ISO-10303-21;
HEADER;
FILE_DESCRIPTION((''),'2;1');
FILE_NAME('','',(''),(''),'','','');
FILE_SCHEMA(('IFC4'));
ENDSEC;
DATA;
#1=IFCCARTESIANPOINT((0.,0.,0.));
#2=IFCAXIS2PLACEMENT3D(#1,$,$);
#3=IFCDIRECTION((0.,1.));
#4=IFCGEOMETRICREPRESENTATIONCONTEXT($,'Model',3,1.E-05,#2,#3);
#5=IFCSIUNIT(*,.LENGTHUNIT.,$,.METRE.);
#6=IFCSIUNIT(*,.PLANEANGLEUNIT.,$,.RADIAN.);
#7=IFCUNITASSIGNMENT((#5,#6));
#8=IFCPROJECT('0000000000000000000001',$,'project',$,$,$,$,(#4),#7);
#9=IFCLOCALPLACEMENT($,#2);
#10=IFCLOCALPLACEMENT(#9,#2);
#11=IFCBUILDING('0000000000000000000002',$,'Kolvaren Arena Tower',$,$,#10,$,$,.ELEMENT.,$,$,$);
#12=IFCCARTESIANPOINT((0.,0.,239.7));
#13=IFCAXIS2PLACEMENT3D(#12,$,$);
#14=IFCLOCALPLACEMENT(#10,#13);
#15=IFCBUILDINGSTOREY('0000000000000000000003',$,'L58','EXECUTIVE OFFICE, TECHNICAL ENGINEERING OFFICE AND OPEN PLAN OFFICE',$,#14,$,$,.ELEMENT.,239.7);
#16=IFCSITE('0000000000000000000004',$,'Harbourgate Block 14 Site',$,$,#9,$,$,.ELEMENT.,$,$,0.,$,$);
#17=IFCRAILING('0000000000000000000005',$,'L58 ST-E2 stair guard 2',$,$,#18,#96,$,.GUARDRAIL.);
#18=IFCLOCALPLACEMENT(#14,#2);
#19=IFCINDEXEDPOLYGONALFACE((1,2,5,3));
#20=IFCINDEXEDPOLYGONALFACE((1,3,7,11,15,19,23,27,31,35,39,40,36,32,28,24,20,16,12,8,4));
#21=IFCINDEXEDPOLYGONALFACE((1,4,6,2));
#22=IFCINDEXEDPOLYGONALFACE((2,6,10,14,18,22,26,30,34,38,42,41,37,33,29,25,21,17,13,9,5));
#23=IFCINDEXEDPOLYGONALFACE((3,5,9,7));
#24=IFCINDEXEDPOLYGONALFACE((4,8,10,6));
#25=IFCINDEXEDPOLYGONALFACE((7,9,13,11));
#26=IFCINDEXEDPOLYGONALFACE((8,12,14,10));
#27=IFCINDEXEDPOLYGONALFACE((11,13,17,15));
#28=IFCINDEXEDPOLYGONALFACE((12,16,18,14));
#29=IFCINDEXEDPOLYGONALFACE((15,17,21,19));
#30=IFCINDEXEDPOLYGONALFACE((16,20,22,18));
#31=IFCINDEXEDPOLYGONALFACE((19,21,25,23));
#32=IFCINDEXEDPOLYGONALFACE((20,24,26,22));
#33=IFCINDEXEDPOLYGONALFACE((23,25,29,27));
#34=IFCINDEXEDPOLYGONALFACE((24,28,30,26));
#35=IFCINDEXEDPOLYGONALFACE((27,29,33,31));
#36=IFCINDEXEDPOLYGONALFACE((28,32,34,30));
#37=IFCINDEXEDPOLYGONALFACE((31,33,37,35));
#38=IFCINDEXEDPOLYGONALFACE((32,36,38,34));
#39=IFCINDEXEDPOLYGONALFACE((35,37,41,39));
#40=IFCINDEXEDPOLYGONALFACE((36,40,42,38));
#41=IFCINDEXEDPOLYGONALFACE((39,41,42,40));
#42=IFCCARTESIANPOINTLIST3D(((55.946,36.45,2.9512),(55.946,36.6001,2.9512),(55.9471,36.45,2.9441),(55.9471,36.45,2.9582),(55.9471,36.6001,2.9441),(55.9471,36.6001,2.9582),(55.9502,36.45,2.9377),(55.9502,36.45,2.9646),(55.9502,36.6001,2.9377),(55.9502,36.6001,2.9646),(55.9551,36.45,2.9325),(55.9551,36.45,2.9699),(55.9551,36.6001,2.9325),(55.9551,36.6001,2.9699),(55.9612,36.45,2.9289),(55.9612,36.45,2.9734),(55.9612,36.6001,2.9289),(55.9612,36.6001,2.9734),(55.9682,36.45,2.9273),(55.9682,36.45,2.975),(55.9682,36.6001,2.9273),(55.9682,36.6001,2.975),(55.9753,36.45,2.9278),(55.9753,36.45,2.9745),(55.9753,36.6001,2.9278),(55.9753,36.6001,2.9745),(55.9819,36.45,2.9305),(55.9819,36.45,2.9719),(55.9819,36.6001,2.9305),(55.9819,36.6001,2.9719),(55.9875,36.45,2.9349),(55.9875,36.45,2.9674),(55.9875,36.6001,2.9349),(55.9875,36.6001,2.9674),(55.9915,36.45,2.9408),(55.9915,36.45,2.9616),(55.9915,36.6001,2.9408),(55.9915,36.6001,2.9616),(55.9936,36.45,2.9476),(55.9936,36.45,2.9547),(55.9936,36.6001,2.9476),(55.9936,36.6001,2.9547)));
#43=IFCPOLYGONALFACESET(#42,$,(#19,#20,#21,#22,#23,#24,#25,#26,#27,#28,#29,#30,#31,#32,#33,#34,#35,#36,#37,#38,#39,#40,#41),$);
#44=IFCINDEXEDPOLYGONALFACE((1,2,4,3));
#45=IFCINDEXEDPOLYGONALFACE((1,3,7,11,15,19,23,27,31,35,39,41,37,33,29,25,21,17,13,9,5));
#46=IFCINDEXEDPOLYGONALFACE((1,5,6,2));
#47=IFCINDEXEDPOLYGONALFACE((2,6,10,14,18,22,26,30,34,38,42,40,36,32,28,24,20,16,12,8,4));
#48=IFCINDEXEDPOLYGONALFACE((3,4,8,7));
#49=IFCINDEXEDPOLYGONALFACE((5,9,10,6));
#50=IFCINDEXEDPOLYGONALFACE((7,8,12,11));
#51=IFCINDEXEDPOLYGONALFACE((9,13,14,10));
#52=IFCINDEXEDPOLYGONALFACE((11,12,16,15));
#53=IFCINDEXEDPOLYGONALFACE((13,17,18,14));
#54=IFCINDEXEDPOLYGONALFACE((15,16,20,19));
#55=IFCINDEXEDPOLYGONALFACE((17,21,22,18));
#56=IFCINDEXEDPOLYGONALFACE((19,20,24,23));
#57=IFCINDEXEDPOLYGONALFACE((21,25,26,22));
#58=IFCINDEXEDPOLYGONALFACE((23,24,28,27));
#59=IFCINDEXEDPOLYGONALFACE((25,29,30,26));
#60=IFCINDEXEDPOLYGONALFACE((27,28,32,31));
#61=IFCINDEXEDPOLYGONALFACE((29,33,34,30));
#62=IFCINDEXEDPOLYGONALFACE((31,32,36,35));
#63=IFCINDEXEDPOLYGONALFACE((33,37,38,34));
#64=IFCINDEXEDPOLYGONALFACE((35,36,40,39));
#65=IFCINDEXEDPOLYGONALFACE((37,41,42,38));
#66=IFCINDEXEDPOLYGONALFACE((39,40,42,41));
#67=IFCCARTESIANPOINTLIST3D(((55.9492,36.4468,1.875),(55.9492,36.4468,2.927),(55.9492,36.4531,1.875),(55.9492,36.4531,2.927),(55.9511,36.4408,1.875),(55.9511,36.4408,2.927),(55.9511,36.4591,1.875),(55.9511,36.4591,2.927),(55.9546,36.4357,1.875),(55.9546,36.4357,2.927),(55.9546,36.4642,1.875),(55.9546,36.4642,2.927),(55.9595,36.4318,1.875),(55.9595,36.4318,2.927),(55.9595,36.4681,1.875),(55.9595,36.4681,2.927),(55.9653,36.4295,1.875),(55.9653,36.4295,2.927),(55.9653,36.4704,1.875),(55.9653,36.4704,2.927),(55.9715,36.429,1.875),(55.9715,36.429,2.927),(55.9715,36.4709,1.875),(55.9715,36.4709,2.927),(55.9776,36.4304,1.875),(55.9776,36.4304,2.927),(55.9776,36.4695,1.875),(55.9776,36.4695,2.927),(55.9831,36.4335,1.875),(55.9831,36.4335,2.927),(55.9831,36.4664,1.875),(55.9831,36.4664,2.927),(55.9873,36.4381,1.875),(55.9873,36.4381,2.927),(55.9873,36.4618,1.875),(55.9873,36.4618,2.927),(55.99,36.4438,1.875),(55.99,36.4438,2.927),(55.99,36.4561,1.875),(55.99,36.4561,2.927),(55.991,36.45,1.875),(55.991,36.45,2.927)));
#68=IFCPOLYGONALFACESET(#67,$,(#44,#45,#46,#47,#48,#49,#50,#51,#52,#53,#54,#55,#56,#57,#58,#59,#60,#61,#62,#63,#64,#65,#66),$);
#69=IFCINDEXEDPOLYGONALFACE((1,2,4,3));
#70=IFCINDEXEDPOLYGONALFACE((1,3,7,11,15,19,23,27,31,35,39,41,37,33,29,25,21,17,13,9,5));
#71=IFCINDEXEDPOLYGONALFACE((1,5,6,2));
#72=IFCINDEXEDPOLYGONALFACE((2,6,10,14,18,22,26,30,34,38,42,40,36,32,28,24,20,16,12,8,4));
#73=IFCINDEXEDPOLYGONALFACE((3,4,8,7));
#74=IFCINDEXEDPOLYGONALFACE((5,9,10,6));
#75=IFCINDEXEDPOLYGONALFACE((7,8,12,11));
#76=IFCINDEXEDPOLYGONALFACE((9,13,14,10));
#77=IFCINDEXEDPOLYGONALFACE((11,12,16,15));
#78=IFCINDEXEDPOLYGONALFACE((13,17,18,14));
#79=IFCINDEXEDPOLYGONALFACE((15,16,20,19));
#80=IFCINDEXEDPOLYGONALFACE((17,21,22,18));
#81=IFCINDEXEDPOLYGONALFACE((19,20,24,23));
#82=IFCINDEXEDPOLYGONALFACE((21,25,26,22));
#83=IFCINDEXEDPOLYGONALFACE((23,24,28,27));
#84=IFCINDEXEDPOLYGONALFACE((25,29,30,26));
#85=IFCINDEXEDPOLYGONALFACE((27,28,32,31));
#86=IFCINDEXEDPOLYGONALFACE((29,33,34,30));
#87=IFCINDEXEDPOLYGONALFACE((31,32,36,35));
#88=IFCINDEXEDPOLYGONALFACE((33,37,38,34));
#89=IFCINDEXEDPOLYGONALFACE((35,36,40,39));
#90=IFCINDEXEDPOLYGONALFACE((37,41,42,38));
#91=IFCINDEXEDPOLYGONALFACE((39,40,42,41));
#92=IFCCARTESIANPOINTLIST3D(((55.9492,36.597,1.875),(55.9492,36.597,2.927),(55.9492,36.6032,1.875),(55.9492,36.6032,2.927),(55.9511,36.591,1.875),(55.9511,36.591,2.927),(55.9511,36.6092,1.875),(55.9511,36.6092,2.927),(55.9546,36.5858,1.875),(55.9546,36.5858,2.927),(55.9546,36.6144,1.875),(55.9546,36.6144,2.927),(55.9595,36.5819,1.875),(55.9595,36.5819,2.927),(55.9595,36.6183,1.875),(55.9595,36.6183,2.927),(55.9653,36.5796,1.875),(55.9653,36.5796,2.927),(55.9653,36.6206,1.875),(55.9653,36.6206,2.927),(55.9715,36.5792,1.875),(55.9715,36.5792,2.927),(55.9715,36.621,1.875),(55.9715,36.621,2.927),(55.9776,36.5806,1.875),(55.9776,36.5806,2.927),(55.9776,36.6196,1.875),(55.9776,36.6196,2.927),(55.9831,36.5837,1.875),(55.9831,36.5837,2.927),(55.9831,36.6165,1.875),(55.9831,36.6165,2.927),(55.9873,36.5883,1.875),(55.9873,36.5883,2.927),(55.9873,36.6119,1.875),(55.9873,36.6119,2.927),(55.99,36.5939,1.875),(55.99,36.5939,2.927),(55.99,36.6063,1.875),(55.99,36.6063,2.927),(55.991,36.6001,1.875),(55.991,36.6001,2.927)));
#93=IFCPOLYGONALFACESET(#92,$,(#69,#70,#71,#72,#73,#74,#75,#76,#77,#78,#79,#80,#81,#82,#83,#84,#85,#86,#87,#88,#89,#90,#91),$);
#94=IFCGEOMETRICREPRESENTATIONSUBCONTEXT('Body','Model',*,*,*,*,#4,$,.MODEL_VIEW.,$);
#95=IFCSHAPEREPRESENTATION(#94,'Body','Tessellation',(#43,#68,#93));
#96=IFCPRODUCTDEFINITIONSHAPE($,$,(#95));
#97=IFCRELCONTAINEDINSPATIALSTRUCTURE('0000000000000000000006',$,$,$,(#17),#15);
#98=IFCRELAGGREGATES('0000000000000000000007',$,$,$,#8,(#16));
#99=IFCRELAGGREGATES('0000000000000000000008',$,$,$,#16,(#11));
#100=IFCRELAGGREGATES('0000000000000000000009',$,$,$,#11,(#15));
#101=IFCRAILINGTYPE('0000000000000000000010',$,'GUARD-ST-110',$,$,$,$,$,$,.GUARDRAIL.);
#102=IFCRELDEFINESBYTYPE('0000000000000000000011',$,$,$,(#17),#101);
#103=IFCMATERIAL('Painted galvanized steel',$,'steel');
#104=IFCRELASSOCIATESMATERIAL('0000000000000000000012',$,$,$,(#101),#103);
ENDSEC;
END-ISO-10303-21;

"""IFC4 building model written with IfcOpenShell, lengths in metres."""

from ifc_helpers import new_model, si_unit, direction, frame, origin, origin_2d, place, context, subcontext, project, spatial, circle, extrude, material, type_object, element, save


model = new_model("IFC4")

# Units and contexts
model_context = context("Model", 3, precision=1e-05, world=origin(), true_north=direction((0.0, 1.0)))
body_context = subcontext(model_context, "Body", "Model", "MODEL_VIEW")
ifc_project = project(units=[si_unit("LENGTHUNIT", "METRE"), si_unit("PLANEANGLEUNIT", "RADIAN")], contexts=[model_context])

# Site, building, storey
site_placement = place(None, origin())
site = spatial("IfcSite", under=ifc_project, at=site_placement, Name="Harbourgate Block 14 Site", CompositionType="ELEMENT", RefElevation=0.0)
building_placement = place(site_placement, origin())
building = spatial("IfcBuilding", under=site, at=building_placement, Name="Kolvaren Arena Tower", CompositionType="ELEMENT")
storey_placement = place(building_placement, frame((0.0, 0.0, 239.7)))
storey = spatial("IfcBuildingStorey", under=building, at=storey_placement, Name="L58", Description="EXECUTIVE OFFICE, TECHNICAL ENGINEERING OFFICE AND OPEN PLAN OFFICE", CompositionType="ELEMENT", Elevation=239.7)

# Railing
ifc_material_1 = material(Name="Painted galvanized steel", Category="steel")
railing_type_1 = type_object("IfcRailingType", Name="GUARD-ST-110", PredefinedType="GUARDRAIL", material=ifc_material_1)
railing_1_placement = place(storey_placement, frame((55.97, 36.45, 1.875)))
element("IfcRailing", 1, at=railing_1_placement, inside=storey, type_object=railing_type_1, Name="L58 ST-E2 stair guard 2", PredefinedType="GUARDRAIL", context=body_context, shape_type="SweptSolid", body=[
    extrude(circle(Radius=0.0239, at=origin_2d()), frame((0.0, 0.0, 1.0762), z_axis=(0.0, 1.0, 0.0), x_axis=(-1.0, 0.0, 0.0)), (0.0, 0.0, 1.0), 0.1501),
    extrude(circle(Radius=0.021, at=origin_2d()), origin(), (0.0, 0.0, 1.0), 1.052),
    extrude(circle(Radius=0.021, at=origin_2d()), frame((0.0, 0.1501, 0.0)), (0.0, 0.0, 1.0), 1.052),
])

save(model, "model.ifc")
